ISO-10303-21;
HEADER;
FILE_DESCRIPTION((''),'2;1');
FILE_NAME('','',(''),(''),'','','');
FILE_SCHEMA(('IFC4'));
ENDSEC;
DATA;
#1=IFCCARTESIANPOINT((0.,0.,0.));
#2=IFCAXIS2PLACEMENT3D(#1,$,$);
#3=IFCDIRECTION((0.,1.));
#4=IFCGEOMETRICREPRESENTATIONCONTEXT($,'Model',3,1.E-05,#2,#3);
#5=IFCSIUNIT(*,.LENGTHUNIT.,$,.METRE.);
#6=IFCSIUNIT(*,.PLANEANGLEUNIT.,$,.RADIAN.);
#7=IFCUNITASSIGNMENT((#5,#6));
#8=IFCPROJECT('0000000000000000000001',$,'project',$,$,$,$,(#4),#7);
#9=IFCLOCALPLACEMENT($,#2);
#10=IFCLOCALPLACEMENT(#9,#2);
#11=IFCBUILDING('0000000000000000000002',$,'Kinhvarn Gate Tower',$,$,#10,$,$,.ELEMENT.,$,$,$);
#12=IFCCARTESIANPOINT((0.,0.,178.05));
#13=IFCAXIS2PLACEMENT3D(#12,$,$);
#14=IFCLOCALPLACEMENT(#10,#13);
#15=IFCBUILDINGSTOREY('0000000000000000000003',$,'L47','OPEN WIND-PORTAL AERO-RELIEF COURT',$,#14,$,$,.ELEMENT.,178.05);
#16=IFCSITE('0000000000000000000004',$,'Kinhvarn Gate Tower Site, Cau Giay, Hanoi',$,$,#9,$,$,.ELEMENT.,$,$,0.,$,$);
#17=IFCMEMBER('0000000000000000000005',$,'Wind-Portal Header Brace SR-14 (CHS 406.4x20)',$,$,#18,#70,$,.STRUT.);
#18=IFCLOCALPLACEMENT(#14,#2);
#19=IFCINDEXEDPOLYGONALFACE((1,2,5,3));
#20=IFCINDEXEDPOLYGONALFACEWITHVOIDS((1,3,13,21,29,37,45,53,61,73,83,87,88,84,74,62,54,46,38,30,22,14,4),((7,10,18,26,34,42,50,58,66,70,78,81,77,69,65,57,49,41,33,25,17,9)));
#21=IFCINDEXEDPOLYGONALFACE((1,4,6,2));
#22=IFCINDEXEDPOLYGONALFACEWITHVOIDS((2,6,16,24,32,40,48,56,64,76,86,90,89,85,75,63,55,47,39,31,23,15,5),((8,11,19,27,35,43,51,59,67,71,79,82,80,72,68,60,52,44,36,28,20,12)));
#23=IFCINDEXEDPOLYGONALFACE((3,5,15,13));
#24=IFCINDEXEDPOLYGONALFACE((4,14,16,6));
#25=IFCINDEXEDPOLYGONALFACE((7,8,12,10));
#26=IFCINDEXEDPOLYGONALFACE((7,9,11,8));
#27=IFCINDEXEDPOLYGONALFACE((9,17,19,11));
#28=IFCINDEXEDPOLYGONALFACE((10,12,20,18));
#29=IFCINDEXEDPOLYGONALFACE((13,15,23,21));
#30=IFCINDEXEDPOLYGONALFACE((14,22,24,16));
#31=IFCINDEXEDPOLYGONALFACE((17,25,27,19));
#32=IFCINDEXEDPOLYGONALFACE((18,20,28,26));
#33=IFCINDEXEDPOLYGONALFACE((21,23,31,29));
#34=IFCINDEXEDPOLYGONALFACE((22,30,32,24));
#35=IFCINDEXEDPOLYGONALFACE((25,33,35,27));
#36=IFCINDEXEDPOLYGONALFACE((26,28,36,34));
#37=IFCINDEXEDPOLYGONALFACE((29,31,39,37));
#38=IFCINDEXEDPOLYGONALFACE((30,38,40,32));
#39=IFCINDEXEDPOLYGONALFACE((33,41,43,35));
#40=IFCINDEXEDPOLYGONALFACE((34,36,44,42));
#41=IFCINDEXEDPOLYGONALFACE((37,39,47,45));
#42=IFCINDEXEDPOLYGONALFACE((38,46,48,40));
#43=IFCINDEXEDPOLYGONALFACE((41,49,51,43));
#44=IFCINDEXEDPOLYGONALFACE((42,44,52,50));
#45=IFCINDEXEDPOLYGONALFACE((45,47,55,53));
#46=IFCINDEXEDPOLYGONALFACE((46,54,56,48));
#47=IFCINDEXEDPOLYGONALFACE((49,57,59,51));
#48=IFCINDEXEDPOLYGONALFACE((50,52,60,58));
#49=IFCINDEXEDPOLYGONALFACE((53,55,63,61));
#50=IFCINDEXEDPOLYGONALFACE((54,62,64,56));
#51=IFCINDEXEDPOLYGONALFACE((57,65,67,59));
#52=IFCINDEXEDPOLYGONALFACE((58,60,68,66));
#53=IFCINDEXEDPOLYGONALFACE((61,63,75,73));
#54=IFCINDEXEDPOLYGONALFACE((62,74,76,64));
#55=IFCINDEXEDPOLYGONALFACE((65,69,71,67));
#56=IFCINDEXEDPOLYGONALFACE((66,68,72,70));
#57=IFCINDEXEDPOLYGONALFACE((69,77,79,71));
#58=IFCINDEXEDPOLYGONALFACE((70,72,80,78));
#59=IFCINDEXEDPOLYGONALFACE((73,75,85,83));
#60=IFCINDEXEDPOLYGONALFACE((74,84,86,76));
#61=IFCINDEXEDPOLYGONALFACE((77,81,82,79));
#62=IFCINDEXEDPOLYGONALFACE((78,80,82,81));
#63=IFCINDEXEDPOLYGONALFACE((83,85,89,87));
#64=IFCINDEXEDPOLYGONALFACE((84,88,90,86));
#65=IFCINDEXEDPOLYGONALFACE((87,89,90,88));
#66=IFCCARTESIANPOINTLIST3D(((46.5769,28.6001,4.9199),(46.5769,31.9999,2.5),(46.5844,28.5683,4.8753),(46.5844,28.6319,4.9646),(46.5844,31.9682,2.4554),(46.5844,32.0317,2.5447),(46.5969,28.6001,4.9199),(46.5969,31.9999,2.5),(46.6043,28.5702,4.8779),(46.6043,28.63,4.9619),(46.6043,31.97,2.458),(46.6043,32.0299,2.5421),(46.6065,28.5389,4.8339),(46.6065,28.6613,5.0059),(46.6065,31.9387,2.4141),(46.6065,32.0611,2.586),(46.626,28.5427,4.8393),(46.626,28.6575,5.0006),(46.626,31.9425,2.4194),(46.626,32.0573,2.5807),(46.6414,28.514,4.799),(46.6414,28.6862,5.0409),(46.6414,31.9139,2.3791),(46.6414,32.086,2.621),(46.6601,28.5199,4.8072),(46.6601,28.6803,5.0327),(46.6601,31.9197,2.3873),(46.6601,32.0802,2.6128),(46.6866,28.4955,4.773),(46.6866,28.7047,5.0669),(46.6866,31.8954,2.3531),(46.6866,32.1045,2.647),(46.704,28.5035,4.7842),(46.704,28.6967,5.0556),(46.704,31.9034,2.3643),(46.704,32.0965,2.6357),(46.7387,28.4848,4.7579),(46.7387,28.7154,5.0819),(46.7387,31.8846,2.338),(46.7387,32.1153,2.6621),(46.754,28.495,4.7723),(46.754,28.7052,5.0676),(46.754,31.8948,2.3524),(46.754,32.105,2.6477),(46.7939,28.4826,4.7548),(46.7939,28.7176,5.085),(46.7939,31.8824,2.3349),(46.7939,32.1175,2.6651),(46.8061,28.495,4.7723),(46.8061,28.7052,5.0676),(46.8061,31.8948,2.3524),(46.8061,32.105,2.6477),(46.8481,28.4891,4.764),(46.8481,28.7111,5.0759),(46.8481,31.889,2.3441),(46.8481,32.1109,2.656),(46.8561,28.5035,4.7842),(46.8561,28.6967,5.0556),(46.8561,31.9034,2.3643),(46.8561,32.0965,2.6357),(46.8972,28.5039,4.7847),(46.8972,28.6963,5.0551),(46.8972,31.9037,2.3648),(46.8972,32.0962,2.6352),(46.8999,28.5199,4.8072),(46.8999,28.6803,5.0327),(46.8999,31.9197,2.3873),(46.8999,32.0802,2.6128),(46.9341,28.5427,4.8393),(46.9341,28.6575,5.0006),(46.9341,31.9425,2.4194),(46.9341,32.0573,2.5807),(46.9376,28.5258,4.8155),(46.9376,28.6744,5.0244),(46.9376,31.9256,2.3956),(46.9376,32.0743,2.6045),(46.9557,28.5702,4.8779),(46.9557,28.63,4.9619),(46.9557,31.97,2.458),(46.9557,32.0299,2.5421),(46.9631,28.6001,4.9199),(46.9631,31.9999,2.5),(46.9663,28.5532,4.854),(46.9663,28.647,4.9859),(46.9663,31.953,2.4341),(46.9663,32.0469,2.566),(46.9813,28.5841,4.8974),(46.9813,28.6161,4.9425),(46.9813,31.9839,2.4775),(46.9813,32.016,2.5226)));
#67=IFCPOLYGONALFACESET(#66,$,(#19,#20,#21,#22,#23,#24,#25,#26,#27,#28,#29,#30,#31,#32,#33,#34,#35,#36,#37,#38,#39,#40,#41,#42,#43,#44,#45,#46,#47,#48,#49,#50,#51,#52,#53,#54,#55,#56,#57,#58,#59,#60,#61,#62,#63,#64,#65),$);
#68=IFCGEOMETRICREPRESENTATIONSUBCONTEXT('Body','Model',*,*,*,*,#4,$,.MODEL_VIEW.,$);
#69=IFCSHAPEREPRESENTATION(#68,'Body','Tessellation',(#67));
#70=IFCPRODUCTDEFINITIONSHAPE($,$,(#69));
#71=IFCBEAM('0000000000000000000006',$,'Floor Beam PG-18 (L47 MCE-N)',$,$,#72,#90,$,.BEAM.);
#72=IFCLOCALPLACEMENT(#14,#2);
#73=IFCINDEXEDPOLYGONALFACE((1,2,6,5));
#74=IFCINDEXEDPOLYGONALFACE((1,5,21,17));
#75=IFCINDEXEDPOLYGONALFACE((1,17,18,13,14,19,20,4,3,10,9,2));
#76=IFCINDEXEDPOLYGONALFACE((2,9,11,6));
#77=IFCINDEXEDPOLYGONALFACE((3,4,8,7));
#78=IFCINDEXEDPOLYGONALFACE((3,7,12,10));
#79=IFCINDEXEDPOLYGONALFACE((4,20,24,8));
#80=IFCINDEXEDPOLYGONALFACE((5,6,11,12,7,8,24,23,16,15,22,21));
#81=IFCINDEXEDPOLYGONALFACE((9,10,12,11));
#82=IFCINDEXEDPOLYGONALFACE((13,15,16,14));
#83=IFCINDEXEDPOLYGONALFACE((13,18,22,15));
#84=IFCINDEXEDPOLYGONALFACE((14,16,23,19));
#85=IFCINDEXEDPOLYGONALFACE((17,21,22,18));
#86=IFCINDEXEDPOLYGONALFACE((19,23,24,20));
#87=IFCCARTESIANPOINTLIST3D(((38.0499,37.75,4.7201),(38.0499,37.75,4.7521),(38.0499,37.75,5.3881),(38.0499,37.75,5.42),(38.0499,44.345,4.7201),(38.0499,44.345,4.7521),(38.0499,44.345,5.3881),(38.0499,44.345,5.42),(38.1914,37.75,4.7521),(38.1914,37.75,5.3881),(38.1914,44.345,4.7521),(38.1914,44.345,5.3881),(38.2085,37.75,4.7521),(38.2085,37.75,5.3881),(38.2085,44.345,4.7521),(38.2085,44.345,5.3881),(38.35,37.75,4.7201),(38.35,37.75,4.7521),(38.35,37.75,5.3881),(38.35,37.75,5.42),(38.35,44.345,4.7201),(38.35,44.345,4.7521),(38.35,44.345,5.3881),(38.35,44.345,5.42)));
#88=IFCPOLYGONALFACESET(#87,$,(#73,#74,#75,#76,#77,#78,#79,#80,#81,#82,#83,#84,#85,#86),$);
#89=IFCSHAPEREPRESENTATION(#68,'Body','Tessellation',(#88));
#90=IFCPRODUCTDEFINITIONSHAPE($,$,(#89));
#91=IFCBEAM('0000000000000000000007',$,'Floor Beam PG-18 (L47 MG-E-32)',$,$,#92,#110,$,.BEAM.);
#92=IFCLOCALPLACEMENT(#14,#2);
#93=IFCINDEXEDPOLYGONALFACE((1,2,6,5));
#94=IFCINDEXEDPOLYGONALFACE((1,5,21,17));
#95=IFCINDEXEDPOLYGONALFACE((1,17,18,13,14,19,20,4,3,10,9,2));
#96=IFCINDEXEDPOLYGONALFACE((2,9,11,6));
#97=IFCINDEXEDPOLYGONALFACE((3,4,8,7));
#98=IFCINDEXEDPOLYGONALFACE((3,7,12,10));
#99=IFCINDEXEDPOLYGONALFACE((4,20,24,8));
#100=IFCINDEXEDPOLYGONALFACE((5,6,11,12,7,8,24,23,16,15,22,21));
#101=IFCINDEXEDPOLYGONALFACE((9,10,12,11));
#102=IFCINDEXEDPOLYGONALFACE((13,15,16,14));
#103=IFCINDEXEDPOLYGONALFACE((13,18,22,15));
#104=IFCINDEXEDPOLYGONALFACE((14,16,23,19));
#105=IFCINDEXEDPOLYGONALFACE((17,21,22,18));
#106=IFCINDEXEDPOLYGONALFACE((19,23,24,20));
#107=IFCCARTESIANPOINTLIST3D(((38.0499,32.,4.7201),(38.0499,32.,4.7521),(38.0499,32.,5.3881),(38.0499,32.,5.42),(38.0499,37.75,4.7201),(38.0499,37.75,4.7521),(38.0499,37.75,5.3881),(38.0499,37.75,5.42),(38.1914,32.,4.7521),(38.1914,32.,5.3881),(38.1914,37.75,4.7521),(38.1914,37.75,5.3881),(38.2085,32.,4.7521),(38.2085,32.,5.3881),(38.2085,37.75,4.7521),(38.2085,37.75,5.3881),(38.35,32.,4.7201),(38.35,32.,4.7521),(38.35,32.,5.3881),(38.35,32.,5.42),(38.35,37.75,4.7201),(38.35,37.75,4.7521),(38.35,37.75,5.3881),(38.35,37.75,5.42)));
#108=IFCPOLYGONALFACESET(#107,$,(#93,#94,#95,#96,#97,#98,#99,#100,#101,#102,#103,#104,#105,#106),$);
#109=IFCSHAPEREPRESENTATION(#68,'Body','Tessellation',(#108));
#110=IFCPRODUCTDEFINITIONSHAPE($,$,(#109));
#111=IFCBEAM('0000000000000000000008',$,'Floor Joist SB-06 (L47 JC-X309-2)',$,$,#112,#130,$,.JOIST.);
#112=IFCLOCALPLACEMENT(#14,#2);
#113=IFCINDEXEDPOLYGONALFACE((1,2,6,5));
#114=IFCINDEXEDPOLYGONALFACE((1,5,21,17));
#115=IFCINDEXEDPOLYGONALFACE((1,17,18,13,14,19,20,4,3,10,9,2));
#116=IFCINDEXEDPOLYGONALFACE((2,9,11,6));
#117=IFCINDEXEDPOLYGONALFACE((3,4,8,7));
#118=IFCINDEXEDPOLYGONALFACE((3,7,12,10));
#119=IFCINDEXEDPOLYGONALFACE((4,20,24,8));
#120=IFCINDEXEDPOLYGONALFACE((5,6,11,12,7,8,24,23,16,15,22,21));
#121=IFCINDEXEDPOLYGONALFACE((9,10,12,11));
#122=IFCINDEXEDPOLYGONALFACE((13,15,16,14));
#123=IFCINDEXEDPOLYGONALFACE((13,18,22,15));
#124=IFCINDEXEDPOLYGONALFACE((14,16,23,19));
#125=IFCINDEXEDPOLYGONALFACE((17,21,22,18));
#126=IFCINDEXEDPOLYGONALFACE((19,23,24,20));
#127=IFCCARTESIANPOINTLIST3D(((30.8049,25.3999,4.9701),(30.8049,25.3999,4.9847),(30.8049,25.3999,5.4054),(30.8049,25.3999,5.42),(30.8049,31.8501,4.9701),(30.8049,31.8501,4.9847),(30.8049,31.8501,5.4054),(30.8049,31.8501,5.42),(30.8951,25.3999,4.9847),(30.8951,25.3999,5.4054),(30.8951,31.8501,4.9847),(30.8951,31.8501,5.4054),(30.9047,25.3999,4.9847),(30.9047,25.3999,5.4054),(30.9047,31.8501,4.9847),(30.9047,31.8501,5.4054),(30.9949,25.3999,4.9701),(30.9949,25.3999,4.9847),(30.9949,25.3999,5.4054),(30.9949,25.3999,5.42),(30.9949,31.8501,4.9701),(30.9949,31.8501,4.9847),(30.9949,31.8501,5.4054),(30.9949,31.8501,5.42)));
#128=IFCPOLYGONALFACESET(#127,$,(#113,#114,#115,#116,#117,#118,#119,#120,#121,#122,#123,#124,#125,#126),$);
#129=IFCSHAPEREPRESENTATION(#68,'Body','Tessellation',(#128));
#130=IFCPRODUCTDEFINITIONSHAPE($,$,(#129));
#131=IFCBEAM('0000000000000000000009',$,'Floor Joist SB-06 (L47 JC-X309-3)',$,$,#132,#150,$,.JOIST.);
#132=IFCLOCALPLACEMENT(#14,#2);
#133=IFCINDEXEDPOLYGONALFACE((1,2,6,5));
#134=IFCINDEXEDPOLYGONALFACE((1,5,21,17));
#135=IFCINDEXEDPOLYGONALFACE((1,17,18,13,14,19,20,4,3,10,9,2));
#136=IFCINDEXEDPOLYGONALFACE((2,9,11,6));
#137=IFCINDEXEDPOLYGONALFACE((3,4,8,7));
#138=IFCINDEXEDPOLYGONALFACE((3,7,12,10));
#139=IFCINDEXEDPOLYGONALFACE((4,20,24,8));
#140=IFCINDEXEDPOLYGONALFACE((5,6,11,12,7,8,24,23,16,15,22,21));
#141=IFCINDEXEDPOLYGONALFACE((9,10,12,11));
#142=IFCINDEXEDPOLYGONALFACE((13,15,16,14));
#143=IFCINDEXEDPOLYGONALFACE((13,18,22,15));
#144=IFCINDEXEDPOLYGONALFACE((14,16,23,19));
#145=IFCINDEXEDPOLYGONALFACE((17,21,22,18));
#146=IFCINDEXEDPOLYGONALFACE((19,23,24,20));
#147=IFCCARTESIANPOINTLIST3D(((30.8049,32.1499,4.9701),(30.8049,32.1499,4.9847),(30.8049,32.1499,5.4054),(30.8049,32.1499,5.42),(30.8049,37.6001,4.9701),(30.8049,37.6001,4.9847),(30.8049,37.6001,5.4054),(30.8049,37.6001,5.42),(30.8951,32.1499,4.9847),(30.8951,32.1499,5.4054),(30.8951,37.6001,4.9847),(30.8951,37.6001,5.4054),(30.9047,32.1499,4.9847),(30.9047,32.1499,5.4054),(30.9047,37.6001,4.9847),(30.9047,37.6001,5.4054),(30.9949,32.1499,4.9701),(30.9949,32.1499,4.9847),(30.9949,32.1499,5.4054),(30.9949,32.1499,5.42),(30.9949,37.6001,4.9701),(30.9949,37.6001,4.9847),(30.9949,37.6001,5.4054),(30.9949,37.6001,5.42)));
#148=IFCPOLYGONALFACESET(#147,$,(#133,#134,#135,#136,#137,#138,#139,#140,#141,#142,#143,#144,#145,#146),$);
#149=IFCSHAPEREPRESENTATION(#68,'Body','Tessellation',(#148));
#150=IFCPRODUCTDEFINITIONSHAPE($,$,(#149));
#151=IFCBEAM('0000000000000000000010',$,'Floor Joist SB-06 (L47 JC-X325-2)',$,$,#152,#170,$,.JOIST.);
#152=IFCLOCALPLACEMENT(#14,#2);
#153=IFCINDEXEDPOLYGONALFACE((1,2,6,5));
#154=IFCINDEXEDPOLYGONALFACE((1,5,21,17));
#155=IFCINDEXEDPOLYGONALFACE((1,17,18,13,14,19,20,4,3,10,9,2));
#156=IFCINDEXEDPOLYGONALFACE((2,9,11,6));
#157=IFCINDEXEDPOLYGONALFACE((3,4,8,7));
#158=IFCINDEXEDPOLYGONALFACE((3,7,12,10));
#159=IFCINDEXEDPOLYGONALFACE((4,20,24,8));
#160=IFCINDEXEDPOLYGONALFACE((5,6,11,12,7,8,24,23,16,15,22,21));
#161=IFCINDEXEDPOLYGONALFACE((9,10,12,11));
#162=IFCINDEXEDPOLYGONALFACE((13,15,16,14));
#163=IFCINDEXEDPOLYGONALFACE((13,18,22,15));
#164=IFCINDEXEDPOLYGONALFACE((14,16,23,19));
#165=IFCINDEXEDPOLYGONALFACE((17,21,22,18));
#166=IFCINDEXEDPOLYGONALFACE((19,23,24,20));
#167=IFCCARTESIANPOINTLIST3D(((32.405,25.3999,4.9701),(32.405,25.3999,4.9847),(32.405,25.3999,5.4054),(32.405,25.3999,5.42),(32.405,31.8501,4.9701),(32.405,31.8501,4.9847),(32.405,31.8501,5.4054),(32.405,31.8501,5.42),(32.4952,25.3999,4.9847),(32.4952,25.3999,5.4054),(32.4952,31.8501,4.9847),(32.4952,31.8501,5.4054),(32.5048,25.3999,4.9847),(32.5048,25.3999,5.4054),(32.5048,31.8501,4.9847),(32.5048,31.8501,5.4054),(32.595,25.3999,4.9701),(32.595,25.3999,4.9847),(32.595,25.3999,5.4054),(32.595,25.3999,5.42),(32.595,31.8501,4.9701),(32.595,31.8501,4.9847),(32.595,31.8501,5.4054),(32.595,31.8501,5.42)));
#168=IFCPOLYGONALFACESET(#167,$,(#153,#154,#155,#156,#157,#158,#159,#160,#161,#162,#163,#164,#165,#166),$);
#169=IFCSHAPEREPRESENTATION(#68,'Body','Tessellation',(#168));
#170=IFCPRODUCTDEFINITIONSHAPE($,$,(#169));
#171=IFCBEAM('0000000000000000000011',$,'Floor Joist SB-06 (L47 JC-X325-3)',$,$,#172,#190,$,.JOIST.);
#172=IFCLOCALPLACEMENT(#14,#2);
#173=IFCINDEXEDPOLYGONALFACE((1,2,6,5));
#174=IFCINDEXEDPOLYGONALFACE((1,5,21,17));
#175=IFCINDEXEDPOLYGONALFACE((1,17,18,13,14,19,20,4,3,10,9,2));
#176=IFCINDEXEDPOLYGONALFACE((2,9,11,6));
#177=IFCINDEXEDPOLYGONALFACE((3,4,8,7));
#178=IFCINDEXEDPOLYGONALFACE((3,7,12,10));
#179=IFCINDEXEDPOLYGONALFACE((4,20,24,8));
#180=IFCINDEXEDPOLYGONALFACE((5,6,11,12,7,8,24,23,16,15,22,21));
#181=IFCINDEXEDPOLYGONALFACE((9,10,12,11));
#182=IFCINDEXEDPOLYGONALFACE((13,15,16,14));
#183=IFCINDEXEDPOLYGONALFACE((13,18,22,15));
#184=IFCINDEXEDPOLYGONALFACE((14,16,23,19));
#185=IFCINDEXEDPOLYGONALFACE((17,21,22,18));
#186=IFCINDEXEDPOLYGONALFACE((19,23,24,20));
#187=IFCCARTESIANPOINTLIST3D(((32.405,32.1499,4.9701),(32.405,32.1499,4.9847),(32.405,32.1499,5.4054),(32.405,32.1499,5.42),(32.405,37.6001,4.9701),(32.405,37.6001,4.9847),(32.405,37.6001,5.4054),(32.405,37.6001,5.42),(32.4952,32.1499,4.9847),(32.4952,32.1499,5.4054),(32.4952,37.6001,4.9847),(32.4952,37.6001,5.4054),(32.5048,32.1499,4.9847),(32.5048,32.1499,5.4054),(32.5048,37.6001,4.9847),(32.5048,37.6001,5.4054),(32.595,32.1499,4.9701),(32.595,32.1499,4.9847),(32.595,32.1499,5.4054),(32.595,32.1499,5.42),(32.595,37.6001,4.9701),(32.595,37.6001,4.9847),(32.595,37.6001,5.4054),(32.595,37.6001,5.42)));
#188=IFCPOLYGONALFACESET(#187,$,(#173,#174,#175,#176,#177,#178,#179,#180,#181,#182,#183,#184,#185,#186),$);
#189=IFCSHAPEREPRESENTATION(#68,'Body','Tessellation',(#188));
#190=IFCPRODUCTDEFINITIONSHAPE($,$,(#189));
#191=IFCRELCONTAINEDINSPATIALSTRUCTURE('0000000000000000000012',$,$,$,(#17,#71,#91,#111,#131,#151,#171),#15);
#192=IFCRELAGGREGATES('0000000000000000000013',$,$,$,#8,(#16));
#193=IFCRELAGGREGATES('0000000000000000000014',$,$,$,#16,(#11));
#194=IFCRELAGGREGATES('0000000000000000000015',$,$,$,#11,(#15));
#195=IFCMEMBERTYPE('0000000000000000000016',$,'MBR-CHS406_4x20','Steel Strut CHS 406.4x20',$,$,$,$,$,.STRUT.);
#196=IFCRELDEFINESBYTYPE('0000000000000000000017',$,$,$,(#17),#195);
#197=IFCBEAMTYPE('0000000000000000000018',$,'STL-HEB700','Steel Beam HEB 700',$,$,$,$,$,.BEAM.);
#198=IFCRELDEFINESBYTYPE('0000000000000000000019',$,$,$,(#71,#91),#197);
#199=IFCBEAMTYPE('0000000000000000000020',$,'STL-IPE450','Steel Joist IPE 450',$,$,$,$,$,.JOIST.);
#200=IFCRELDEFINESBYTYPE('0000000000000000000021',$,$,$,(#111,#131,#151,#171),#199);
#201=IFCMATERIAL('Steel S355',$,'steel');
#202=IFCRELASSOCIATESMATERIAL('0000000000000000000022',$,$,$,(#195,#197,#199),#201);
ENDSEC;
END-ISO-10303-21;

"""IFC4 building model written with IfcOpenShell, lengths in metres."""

from ifc_helpers import new_model, si_unit, direction, frame, origin, origin_2d, place, context, subcontext, project, spatial, hollow_circle, i_section, extrude, material, material_profile, profile_set, type_object, element, save


model = new_model("IFC4")

# Units and contexts
model_context = context("Model", 3, precision=1e-05, world=origin(), true_north=direction((0.0, 1.0)))
body_context = subcontext(model_context, "Body", "Model", "MODEL_VIEW")
ifc_project = project(units=[si_unit("LENGTHUNIT", "METRE"), si_unit("PLANEANGLEUNIT", "RADIAN")], contexts=[model_context])

# Site, building, storey
site_placement = place(None, origin())
site = spatial("IfcSite", under=ifc_project, at=site_placement, Name="Kinhvarn Gate Tower Site, Cau Giay, Hanoi", CompositionType="ELEMENT", RefElevation=0.0)
building_placement = place(site_placement, origin())
building = spatial("IfcBuilding", under=site, at=building_placement, Name="Kinhvarn Gate Tower", CompositionType="ELEMENT")
storey_placement = place(building_placement, frame((0.0, 0.0, 178.05)))
storey = spatial("IfcBuildingStorey", under=building, at=storey_placement, Name="L47", Description="OPEN WIND-PORTAL AERO-RELIEF COURT", CompositionType="ELEMENT", Elevation=178.05)

# Shared definitions
ifc_material_1 = material(Name="Steel S355", Category="steel")

# Member
ifc_material_profile_1 = material_profile(ifc_material_1, hollow_circle(Radius=0.2031, WallThickness=0.02, at=origin_2d()), Name="CHS 406.4x20")
ifc_profile_set_1 = profile_set([ifc_material_profile_1], Name="Steel S355")
member_type_1 = type_object("IfcMemberType", Name="MBR-CHS406_4x20", Description="Steel Strut CHS 406.4x20", PredefinedType="STRUT", material=ifc_profile_set_1)
member_1_placement = place(storey_placement, frame((46.78, 28.6001, 4.9199), z_axis=(0.0, 0.814705, -0.579876), x_axis=(-1.0, 0.0, 0.0)))
element("IfcMember", 1, at=member_1_placement, inside=storey, type_object=member_type_1, Name="Wind-Portal Header Brace SR-14 (CHS 406.4x20)", PredefinedType="STRUT", context=body_context, shape_type="SweptSolid", body=[
    extrude(hollow_circle(Radius=0.2031, WallThickness=0.02, at=origin_2d()), origin(), (0.0, 0.0, 1.0), 4.1731),
])

# Beams
ifc_material_profile_2 = material_profile(ifc_material_1, i_section(OverallWidth=0.3, OverallDepth=0.7, WebThickness=0.0171, FlangeThickness=0.032, at=origin_2d()), Name="HEB 700")
ifc_profile_set_2 = profile_set([ifc_material_profile_2], Name="Steel S355")
beam_type_1 = type_object("IfcBeamType", Name="STL-HEB700", Description="Steel Beam HEB 700", PredefinedType="BEAM", material=ifc_profile_set_2)
beam_1_placement = place(storey_placement, frame((38.2, 37.75, 5.0701), z_axis=(0.0, 1.0, 0.0), x_axis=(-1.0, 0.0, 0.0)))
element("IfcBeam", 2, at=beam_1_placement, inside=storey, type_object=beam_type_1, Name="Floor Beam PG-18 (L47 MCE-N)", PredefinedType="BEAM", context=body_context, shape_type="SweptSolid", body=[
    extrude(i_section(OverallWidth=0.3, OverallDepth=0.7, WebThickness=0.0171, FlangeThickness=0.032, at=origin_2d()), origin(), (0.0, 0.0, 1.0), 6.595),
])
beam_2_placement = place(storey_placement, frame((38.2, 32.0, 5.0701), z_axis=(0.0, 1.0, 0.0), x_axis=(-1.0, 0.0, 0.0)))
element("IfcBeam", 3, at=beam_2_placement, inside=storey, type_object=beam_type_1, Name="Floor Beam PG-18 (L47 MG-E-32)", PredefinedType="BEAM", context=body_context, shape_type="SweptSolid", body=[
    extrude(i_section(OverallWidth=0.3, OverallDepth=0.7, WebThickness=0.0171, FlangeThickness=0.032, at=origin_2d()), origin(), (0.0, 0.0, 1.0), 5.75),
])
ifc_material_profile_3 = material_profile(ifc_material_1, i_section(OverallWidth=0.1899, OverallDepth=0.45, WebThickness=0.0095, FlangeThickness=0.0146, at=origin_2d()), Name="IPE 450")
ifc_profile_set_3 = profile_set([ifc_material_profile_3], Name="Steel S355")
beam_type_2 = type_object("IfcBeamType", Name="STL-IPE450", Description="Steel Joist IPE 450", PredefinedType="JOIST", material=ifc_profile_set_3)
beam_3_placement = place(storey_placement, frame((30.8999, 25.3999, 5.1951), z_axis=(0.0, 1.0, 0.0), x_axis=(-1.0, 0.0, 0.0)))
element("IfcBeam", 4, at=beam_3_placement, inside=storey, type_object=beam_type_2, Name="Floor Joist SB-06 (L47 JC-X309-2)", PredefinedType="JOIST", context=body_context, shape_type="SweptSolid", body=[
    extrude(i_section(OverallWidth=0.1899, OverallDepth=0.45, WebThickness=0.0095, FlangeThickness=0.0146, at=origin_2d()), origin(), (0.0, 0.0, 1.0), 6.4502),
])
beam_4_placement = place(storey_placement, frame((30.8999, 32.1499, 5.1951), z_axis=(0.0, 1.0, 0.0), x_axis=(-1.0, 0.0, 0.0)))
element("IfcBeam", 5, at=beam_4_placement, inside=storey, type_object=beam_type_2, Name="Floor Joist SB-06 (L47 JC-X309-3)", PredefinedType="JOIST", context=body_context, shape_type="SweptSolid", body=[
    extrude(i_section(OverallWidth=0.1899, OverallDepth=0.45, WebThickness=0.0095, FlangeThickness=0.0146, at=origin_2d()), origin(), (0.0, 0.0, 1.0), 5.4502),
])
beam_5_placement = place(storey_placement, frame((32.5, 25.3999, 5.1951), z_axis=(0.0, 1.0, 0.0), x_axis=(-1.0, 0.0, 0.0)))
element("IfcBeam", 6, at=beam_5_placement, inside=storey, type_object=beam_type_2, Name="Floor Joist SB-06 (L47 JC-X325-2)", PredefinedType="JOIST", context=body_context, shape_type="SweptSolid", body=[
    extrude(i_section(OverallWidth=0.1899, OverallDepth=0.45, WebThickness=0.0095, FlangeThickness=0.0146, at=origin_2d()), origin(), (0.0, 0.0, 1.0), 6.4502),
])
beam_6_placement = place(storey_placement, frame((32.5, 32.1499, 5.1951), z_axis=(0.0, 1.0, 0.0), x_axis=(-1.0, 0.0, 0.0)))
element("IfcBeam", 7, at=beam_6_placement, inside=storey, type_object=beam_type_2, Name="Floor Joist SB-06 (L47 JC-X325-3)", PredefinedType="JOIST", context=body_context, shape_type="SweptSolid", body=[
    extrude(i_section(OverallWidth=0.1899, OverallDepth=0.45, WebThickness=0.0095, FlangeThickness=0.0146, at=origin_2d()), origin(), (0.0, 0.0, 1.0), 5.4502),
])

save(model, "model.ifc")
